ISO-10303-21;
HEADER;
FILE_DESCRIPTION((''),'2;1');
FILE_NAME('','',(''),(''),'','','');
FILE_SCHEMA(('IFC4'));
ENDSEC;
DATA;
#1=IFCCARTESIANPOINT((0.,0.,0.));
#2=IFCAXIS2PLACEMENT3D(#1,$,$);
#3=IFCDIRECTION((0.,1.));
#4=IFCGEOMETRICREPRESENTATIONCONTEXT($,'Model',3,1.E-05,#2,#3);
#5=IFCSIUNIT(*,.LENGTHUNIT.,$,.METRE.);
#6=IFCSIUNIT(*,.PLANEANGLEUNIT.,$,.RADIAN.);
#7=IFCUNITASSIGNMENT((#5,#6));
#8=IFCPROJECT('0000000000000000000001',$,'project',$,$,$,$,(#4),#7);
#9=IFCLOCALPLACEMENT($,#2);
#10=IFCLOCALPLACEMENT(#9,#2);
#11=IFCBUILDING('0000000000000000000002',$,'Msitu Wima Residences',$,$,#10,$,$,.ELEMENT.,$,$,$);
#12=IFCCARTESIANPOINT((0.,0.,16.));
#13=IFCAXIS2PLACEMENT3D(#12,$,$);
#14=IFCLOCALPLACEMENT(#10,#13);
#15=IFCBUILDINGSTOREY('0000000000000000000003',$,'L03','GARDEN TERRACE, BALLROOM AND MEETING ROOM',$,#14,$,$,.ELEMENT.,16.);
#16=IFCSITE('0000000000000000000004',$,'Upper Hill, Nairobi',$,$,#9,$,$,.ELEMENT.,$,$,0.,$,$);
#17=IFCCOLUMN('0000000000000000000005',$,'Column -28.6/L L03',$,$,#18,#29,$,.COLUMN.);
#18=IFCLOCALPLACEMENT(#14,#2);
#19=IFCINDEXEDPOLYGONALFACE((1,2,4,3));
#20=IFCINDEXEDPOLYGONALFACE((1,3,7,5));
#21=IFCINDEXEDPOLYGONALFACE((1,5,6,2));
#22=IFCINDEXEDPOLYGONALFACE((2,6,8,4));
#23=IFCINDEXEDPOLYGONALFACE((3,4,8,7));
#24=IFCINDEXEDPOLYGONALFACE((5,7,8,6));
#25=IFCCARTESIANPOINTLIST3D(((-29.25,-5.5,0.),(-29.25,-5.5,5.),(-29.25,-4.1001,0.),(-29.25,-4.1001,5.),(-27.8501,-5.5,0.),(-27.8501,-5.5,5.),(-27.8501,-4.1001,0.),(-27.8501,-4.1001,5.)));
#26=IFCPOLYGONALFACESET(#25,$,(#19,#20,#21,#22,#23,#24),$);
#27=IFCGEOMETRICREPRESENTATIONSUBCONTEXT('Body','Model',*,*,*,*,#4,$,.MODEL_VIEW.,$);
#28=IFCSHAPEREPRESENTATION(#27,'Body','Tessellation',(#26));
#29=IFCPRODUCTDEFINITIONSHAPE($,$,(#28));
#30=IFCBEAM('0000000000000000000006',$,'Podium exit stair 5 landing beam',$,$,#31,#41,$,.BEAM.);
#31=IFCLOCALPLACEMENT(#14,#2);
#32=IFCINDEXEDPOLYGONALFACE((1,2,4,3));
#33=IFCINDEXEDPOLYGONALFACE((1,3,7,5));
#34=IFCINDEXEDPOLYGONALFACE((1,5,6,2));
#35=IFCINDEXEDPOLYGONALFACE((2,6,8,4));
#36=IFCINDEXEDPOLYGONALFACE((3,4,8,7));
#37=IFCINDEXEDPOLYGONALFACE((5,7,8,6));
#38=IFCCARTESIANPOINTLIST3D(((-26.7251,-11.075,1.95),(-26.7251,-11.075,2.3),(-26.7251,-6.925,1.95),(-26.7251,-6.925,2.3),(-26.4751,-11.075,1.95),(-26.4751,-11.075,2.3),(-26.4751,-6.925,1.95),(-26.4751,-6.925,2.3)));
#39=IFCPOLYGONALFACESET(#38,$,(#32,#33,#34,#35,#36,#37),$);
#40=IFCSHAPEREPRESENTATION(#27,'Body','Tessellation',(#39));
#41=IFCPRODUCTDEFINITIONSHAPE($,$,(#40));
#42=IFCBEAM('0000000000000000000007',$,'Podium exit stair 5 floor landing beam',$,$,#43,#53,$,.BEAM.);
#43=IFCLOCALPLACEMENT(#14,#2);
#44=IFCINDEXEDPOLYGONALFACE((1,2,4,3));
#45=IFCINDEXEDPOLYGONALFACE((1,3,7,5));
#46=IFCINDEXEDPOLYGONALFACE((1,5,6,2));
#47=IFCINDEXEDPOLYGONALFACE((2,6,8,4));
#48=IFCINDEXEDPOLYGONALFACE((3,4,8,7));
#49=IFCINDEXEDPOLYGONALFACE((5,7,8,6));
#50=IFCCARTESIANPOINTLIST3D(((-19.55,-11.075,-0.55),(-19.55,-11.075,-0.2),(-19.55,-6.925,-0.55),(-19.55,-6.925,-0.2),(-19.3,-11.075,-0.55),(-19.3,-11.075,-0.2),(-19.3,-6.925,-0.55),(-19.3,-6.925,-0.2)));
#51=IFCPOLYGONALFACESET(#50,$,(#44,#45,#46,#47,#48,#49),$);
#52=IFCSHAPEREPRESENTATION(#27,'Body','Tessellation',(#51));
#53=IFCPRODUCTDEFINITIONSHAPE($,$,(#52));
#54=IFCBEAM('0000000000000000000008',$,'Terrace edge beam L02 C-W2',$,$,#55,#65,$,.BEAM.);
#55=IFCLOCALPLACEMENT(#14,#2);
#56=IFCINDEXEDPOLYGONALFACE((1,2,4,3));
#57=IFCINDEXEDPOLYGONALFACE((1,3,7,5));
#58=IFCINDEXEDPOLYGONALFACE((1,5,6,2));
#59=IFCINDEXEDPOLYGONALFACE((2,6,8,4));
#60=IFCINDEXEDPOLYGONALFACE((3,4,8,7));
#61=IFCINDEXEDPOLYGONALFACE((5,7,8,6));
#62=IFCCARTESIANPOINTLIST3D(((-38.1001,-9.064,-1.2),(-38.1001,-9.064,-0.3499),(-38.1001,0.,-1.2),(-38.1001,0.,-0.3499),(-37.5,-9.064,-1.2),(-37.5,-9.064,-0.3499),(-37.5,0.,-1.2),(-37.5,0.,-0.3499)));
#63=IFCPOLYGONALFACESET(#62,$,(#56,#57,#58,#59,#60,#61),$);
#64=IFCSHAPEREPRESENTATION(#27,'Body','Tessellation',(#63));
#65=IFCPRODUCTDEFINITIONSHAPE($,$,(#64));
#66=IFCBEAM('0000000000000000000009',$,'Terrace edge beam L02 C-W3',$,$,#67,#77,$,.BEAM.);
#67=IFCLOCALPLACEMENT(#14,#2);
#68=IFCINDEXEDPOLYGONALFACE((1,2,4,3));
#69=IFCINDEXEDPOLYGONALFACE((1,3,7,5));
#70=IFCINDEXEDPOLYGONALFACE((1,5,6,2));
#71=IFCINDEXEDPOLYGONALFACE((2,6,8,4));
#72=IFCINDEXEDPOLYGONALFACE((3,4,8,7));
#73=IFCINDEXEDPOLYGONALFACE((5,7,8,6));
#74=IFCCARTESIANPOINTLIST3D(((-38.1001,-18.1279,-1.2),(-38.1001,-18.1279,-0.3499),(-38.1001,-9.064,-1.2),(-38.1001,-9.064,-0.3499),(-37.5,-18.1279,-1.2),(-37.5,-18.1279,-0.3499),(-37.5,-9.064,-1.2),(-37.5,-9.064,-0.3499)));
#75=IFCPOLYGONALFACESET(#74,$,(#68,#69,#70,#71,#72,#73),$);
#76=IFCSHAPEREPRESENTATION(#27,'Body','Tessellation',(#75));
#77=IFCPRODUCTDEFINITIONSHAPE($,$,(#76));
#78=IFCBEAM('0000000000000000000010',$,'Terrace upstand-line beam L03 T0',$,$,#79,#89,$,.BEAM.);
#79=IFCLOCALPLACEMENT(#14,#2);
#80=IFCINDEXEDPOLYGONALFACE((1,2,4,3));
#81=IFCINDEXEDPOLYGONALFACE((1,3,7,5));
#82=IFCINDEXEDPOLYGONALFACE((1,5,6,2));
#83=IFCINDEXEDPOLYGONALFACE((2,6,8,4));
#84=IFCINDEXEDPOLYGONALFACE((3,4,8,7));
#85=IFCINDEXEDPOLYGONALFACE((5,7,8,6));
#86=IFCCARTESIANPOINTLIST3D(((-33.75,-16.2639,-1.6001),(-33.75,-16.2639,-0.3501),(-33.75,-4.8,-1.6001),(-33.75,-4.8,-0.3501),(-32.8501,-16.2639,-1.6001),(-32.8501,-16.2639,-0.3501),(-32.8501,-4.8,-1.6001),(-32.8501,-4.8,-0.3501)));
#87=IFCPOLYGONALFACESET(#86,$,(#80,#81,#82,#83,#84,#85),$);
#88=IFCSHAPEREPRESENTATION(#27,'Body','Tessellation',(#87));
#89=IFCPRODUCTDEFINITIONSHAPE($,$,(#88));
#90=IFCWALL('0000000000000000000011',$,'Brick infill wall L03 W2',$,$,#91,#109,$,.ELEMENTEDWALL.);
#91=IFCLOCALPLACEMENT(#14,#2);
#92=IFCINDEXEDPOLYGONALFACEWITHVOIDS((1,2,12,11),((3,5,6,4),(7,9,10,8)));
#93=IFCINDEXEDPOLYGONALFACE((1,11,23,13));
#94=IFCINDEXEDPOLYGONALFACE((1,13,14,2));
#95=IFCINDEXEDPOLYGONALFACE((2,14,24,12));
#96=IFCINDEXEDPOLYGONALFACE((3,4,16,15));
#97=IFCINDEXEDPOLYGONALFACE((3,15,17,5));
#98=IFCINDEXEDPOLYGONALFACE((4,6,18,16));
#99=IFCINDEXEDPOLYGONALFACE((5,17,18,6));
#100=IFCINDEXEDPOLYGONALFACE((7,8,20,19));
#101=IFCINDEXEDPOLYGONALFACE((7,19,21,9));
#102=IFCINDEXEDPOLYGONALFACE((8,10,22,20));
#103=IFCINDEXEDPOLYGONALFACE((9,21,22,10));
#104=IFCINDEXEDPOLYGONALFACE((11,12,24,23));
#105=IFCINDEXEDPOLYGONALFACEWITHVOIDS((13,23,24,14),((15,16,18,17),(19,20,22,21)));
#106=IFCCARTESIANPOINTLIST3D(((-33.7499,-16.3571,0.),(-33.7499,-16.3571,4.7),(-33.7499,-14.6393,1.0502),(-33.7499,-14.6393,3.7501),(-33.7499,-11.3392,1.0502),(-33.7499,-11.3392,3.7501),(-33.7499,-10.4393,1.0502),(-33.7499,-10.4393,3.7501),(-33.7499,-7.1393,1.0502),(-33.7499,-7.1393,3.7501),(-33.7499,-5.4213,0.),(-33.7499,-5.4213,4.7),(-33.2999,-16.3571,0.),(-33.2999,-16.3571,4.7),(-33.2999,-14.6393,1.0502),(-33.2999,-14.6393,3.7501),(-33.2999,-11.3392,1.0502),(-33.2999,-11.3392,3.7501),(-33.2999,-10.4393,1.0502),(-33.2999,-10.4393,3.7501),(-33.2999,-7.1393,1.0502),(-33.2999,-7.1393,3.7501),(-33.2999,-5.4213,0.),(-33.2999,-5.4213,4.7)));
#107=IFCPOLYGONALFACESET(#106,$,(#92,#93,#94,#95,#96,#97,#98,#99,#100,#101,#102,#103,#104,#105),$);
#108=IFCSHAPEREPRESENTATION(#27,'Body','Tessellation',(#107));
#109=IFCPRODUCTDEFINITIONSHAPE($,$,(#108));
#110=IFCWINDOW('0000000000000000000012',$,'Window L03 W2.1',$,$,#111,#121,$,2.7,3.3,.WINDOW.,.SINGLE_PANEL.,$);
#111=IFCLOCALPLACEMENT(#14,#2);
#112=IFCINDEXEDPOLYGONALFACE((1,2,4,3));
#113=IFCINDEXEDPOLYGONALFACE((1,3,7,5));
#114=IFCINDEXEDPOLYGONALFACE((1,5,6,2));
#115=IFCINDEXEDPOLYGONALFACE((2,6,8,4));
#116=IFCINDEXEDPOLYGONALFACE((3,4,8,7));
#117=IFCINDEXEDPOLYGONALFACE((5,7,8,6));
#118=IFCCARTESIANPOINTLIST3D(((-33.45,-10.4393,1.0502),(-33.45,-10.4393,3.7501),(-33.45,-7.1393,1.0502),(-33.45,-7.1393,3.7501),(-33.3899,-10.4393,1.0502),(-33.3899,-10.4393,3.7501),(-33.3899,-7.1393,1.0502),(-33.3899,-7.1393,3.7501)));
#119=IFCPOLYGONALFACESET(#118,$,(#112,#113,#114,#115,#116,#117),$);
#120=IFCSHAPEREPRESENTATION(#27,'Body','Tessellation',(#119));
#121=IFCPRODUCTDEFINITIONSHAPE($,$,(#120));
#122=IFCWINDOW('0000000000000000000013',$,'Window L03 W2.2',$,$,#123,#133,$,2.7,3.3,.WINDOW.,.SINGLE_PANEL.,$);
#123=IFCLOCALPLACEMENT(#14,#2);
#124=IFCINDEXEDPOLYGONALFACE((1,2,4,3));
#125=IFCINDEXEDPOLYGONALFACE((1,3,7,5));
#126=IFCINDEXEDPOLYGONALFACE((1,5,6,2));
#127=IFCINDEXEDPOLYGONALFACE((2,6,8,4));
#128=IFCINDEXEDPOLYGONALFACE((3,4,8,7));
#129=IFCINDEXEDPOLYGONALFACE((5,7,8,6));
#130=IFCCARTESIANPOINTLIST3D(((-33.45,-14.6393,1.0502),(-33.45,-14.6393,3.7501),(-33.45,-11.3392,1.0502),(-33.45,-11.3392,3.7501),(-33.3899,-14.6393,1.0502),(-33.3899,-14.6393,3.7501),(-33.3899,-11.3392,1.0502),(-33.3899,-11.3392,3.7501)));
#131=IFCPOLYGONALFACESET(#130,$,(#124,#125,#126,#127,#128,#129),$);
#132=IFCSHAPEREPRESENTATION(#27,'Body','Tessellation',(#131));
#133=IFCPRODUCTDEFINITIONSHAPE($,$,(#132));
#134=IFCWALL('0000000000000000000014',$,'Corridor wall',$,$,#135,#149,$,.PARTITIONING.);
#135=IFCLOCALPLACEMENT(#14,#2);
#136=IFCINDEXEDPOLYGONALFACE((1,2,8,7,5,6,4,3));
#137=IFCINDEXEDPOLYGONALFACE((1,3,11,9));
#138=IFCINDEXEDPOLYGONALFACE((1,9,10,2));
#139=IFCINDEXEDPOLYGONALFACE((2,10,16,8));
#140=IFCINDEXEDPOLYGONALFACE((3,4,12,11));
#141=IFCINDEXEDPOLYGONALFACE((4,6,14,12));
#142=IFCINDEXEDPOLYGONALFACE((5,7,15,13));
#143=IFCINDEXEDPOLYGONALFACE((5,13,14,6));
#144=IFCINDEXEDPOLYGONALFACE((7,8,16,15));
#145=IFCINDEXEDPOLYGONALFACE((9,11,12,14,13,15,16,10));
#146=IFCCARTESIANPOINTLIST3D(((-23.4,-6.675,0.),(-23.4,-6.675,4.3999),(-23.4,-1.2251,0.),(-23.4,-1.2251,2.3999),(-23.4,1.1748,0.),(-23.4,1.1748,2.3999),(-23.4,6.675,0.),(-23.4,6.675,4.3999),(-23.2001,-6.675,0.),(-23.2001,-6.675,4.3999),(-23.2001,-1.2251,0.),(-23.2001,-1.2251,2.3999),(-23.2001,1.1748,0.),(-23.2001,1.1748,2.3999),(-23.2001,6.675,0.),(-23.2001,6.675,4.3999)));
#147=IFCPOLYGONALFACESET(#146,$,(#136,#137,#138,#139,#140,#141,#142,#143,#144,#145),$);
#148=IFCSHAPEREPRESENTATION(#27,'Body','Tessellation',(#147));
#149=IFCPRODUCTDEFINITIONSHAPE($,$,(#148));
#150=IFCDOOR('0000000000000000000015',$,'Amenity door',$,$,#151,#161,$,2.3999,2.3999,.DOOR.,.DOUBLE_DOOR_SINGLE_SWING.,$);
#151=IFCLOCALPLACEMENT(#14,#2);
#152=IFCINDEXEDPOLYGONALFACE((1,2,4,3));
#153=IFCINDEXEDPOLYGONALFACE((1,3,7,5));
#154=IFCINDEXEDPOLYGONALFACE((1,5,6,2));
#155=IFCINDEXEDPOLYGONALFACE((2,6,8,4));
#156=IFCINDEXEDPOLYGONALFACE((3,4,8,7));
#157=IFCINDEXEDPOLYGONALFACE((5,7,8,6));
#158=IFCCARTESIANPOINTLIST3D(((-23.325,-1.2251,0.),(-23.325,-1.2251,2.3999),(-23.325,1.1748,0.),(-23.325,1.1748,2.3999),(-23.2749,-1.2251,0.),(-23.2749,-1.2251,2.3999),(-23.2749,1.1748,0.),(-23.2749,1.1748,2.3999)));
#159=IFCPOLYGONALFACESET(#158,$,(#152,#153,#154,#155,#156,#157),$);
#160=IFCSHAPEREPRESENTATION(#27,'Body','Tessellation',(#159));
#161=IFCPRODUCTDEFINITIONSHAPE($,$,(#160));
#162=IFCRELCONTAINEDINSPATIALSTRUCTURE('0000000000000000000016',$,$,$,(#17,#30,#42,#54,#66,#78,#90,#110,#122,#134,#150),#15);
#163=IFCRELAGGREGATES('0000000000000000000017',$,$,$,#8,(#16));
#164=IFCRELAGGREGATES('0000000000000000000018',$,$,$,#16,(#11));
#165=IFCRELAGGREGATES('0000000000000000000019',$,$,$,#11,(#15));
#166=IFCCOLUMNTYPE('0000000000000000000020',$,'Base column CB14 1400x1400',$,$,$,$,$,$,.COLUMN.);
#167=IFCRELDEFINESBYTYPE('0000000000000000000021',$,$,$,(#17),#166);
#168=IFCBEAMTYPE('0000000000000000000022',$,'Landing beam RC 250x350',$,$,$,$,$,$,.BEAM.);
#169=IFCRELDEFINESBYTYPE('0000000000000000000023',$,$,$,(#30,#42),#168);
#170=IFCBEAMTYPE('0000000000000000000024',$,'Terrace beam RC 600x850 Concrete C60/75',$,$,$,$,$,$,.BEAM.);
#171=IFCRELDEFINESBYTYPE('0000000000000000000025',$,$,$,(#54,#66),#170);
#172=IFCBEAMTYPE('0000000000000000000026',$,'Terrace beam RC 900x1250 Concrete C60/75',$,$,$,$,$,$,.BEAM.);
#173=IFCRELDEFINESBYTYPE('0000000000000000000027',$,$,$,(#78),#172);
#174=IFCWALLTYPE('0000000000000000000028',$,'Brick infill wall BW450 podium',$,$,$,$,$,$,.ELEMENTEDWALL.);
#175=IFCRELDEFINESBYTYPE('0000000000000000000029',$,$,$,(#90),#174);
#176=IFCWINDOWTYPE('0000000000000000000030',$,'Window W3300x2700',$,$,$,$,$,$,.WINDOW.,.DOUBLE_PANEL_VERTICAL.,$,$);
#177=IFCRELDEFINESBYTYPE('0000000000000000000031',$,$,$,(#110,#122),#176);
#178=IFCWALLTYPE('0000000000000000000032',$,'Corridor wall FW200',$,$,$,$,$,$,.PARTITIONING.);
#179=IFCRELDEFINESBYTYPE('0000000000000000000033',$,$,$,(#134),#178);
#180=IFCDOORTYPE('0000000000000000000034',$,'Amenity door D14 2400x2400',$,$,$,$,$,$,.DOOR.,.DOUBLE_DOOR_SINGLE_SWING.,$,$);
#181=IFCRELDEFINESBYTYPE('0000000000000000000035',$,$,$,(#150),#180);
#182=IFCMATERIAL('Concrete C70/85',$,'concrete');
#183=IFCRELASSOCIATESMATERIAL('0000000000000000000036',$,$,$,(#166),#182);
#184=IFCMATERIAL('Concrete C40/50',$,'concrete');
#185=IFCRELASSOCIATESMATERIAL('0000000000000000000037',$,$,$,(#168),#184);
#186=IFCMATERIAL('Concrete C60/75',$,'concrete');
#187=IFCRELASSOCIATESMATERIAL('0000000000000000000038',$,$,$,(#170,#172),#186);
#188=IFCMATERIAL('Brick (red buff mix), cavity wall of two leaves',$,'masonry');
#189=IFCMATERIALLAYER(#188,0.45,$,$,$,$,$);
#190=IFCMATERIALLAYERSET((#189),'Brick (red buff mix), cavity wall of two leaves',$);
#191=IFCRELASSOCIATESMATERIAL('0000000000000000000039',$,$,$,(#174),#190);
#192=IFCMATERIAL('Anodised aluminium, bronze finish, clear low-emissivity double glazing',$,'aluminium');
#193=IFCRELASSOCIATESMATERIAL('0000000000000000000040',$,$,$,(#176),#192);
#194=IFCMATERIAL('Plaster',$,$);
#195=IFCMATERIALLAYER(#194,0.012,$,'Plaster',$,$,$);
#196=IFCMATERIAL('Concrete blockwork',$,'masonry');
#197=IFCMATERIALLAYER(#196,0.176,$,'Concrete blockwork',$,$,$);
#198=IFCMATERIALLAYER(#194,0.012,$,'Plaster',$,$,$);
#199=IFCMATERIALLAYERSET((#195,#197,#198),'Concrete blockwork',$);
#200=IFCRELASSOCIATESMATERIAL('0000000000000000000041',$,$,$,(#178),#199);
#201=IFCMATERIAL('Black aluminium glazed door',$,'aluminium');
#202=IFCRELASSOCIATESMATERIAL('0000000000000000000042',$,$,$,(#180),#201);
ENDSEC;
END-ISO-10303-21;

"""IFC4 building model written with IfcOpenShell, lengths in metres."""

from ifc_helpers import new_model, si_unit, direction, frame, frame_2d, origin, origin_2d, place, context, subcontext, project, spatial, rectangle, extrude, material, layer, layer_set, material_profile, profile_set, type_object, element, fill, save


model = new_model("IFC4")

# Units and contexts
model_context = context("Model", 3, precision=1e-05, world=origin(), true_north=direction((0.0, 1.0)))
body_context = subcontext(model_context, "Body", "Model", "MODEL_VIEW")
ifc_project = project(units=[si_unit("LENGTHUNIT", "METRE"), si_unit("PLANEANGLEUNIT", "RADIAN")], contexts=[model_context])

# Site, building, storey
site_placement = place(None, origin())
site = spatial("IfcSite", under=ifc_project, at=site_placement, Name="Upper Hill, Nairobi", CompositionType="ELEMENT", RefElevation=0.0)
building_placement = place(site_placement, origin())
building = spatial("IfcBuilding", under=site, at=building_placement, Name="Msitu Wima Residences", CompositionType="ELEMENT")
storey_placement = place(building_placement, frame((0.0, 0.0, 16.0)))
storey = spatial("IfcBuildingStorey", under=building, at=storey_placement, Name="L03", Description="GARDEN TERRACE, BALLROOM AND MEETING ROOM", CompositionType="ELEMENT", Elevation=16.0)

# Column
ifc_material_1 = material(Name="Concrete C70/85", Category="concrete")
ifc_material_profile_1 = material_profile(ifc_material_1, rectangle(XDim=1.3999, YDim=1.3999, at=origin_2d()), Name="RC 1400x1400")
ifc_profile_set_1 = profile_set([ifc_material_profile_1], Name="Concrete C70/85")
column_type = type_object("IfcColumnType", Name="Base column CB14 1400x1400", PredefinedType="COLUMN", material=ifc_profile_set_1)
column_placement = place(storey_placement, frame((-28.55, -4.8, 0.0), z_axis=(0.0, 0.0, 1.0), x_axis=(0.0, -1.0, 0.0)))
element("IfcColumn", 1, at=column_placement, inside=storey, type_object=column_type, Name="Column -28.6/L L03", PredefinedType="COLUMN", context=body_context, shape_type="SweptSolid", body=[
    extrude(rectangle(XDim=1.3999, YDim=1.3999, at=origin_2d()), origin(), (0.0, 0.0, 1.0), 5.0),
])

# Beams
ifc_material_2 = material(Name="Concrete C40/50", Category="concrete")
ifc_material_profile_2 = material_profile(ifc_material_2, rectangle(XDim=0.25, YDim=0.3501, at=origin_2d()), Name="RC 250x350")
ifc_profile_set_2 = profile_set([ifc_material_profile_2], Name="Concrete C40/50")
beam_type_1 = type_object("IfcBeamType", Name="Landing beam RC 250x350", PredefinedType="BEAM", material=ifc_profile_set_2)
for number, where, z_axis, x_axis, name in (
    (2, (-26.6001, -6.925, 2.125), (0.0, -1.0, 0.0), (1.0, 0.0, 0.0), "Podium exit stair 5 landing beam"),
    (3, (-19.425, -6.925, -0.375), (0.0, -1.0, 0.0), (1.0, 0.0, 0.0), "Podium exit stair 5 floor landing beam"),
):
    element("IfcBeam", number, at=place(storey_placement, frame(where, z_axis=z_axis, x_axis=x_axis)), inside=storey, type_object=beam_type_1, Name=name, PredefinedType="BEAM", context=body_context, shape_type="SweptSolid", body=[
        extrude(rectangle(XDim=0.25, YDim=0.3501, at=origin_2d()), origin(), (0.0, 0.0, 1.0), 4.1499),
    ])
ifc_material_3 = material(Name="Concrete C60/75", Category="concrete")
ifc_material_profile_3 = material_profile(ifc_material_3, rectangle(XDim=0.6001, YDim=0.8501, at=origin_2d()), Name="RC 600x850")
ifc_profile_set_3 = profile_set([ifc_material_profile_3], Name="Concrete C60/75")
beam_type_2 = type_object("IfcBeamType", Name="Terrace beam RC 600x850 Concrete C60/75", PredefinedType="BEAM", material=ifc_profile_set_3)
for number, where, z_axis, x_axis, name in (
    (4, (-37.8, 0.0, -0.7749), (0.0, -1.0, 0.0), (1.0, 0.0, 0.0), "Terrace edge beam L02 C-W2"),
    (5, (-37.8, -9.064, -0.7749), (0.0, -1.0, 0.0), (1.0, 0.0, 0.0), "Terrace edge beam L02 C-W3"),
):
    element("IfcBeam", number, at=place(storey_placement, frame(where, z_axis=z_axis, x_axis=x_axis)), inside=storey, type_object=beam_type_2, Name=name, PredefinedType="BEAM", context=body_context, shape_type="SweptSolid", body=[
        extrude(rectangle(XDim=0.6001, YDim=0.8501, at=origin_2d()), origin(), (0.0, 0.0, 1.0), 9.064),
    ])
ifc_material_profile_4 = material_profile(ifc_material_3, rectangle(XDim=0.8999, YDim=1.25, at=origin_2d()), Name="RC 900x1250")
ifc_profile_set_4 = profile_set([ifc_material_profile_4], Name="Concrete C60/75")
beam_type_3 = type_object("IfcBeamType", Name="Terrace beam RC 900x1250 Concrete C60/75", PredefinedType="BEAM", material=ifc_profile_set_4)
beam_placement = place(storey_placement, frame((-33.3, -4.8, -0.9751), z_axis=(0.0, -1.0, 0.0), x_axis=(1.0, 0.0, 0.0)))
element("IfcBeam", 6, at=beam_placement, inside=storey, type_object=beam_type_3, Name="Terrace upstand-line beam L03 T0", PredefinedType="BEAM", context=body_context, shape_type="SweptSolid", body=[
    extrude(rectangle(XDim=0.8999, YDim=1.25, at=origin_2d()), origin(), (0.0, 0.0, 1.0), 11.4639),
])

# Wall, openings, windows
ifc_material_4 = material(Name="Brick (red buff mix), cavity wall of two leaves", Category="masonry")
ifc_layer_1 = layer(ifc_material_4, 0.45)
ifc_layer_set_1 = layer_set([ifc_layer_1], Name="Brick (red buff mix), cavity wall of two leaves")
wall_type_1 = type_object("IfcWallType", Name="Brick infill wall BW450 podium", PredefinedType="ELEMENTEDWALL", material=ifc_layer_set_1)
wall_1_placement = place(storey_placement, frame((-33.5249, -5.4214, 0.0), z_axis=(0.0, 0.0, 1.0), x_axis=(0.0, -1.0, 0.0)))
wall_1 = element("IfcWall", 7, at=wall_1_placement, inside=storey, type_object=wall_type_1, Name="Brick infill wall L03 W2", PredefinedType="ELEMENTEDWALL", context=body_context, shape_type="SweptSolid", body=[
    extrude(rectangle(XDim=10.9358, YDim=0.45, at=frame_2d((5.4678, 0.0))), origin(), (0.0, 0.0, 1.0), 4.7),
])
opening_1_placement = place(wall_1_placement, frame((1.718, 0.0, 1.05)))
opening_1 = element("IfcOpeningElement", 8, at=opening_1_placement, cuts=wall_1, PredefinedType="OPENING", context=body_context, shape_type="SweptSolid", body=[
    extrude(rectangle(XDim=3.3, YDim=2.7, at=frame_2d((1.6499, 1.3501))), frame((0.0, 0.2349, 0.0), z_axis=(0.0, -1.0, 0.0), x_axis=(1.0, 0.0, 0.0)), (0.0, 0.0, 1.0), 0.47),
])
opening_2_placement = place(wall_1_placement, frame((5.918, 0.0, 1.05)))
opening_2 = element("IfcOpeningElement", 9, at=opening_2_placement, cuts=wall_1, PredefinedType="OPENING", context=body_context, shape_type="SweptSolid", body=[
    extrude(rectangle(XDim=3.3, YDim=2.7, at=frame_2d((1.6499, 1.3501))), frame((0.0, 0.2349, 0.0), z_axis=(0.0, -1.0, 0.0), x_axis=(1.0, 0.0, 0.0)), (0.0, 0.0, 1.0), 0.47),
])
ifc_material_5 = material(Name="Anodised aluminium, bronze finish, clear low-emissivity double glazing", Category="aluminium")
window_type = type_object("IfcWindowType", Name="Window W3300x2700", PartitioningType="DOUBLE_PANEL_VERTICAL", PredefinedType="WINDOW", material=ifc_material_5)
window_1_placement = place(opening_1_placement, origin())
window_1 = element("IfcWindow", 10, at=window_1_placement, inside=storey, type_object=window_type, Name="Window L03 W2.1", OverallHeight=2.7, OverallWidth=3.3, PartitioningType="SINGLE_PANEL", PredefinedType="WINDOW", context=body_context, shape_type="SweptSolid", body=[
    extrude(rectangle(XDim=3.3, YDim=2.7, at=frame_2d((1.6499, 1.3501))), frame((0.0, 0.135, 0.0), z_axis=(0.0, -1.0, 0.0), x_axis=(1.0, 0.0, 0.0)), (0.0, 0.0, 1.0), 0.0601),
])
fill(opening_1, window_1)
window_2_placement = place(opening_2_placement, origin())
window_2 = element("IfcWindow", 11, at=window_2_placement, inside=storey, type_object=window_type, Name="Window L03 W2.2", OverallHeight=2.7, OverallWidth=3.3, PartitioningType="SINGLE_PANEL", PredefinedType="WINDOW", context=body_context, shape_type="SweptSolid", body=[
    extrude(rectangle(XDim=3.3, YDim=2.7, at=frame_2d((1.6499, 1.3501))), frame((0.0, 0.135, 0.0), z_axis=(0.0, -1.0, 0.0), x_axis=(1.0, 0.0, 0.0)), (0.0, 0.0, 1.0), 0.0601),
])
fill(opening_2, window_2)

# Wall, opening, door
ifc_material_6 = material(Name="Plaster")
ifc_layer_2 = layer(ifc_material_6, 0.012, Name="Plaster")
ifc_material_7 = material(Name="Concrete blockwork", Category="masonry")
ifc_layer_3 = layer(ifc_material_7, 0.176, Name="Concrete blockwork")
ifc_layer_4 = layer(ifc_material_6, 0.012, Name="Plaster")
ifc_layer_set_2 = layer_set([ifc_layer_2, ifc_layer_3, ifc_layer_4], Name="Concrete blockwork")
wall_type_2 = type_object("IfcWallType", Name="Corridor wall FW200", PredefinedType="PARTITIONING", material=ifc_layer_set_2)
wall_2_placement = place(storey_placement, frame((-23.3, -6.675, 0.0), z_axis=(0.0, 0.0, 1.0), x_axis=(0.0, 1.0, 0.0)))
wall_2 = element("IfcWall", 12, at=wall_2_placement, inside=storey, type_object=wall_type_2, Name="Corridor wall", PredefinedType="PARTITIONING", context=body_context, shape_type="SweptSolid", body=[
    extrude(rectangle(XDim=13.3501, YDim=0.2, at=frame_2d((6.675, 0.0))), origin(), (0.0, 0.0, 1.0), 4.3999),
])
opening_3_placement = place(wall_2_placement, frame((5.45, 0.0, 0.0)))
opening_3 = element("IfcOpeningElement", 13, at=opening_3_placement, cuts=wall_2, PredefinedType="OPENING", context=body_context, shape_type="SweptSolid", body=[
    extrude(rectangle(XDim=2.3999, YDim=2.3999, at=frame_2d((1.2, 1.2))), frame((0.0, 0.1099, 0.0), z_axis=(0.0, -1.0, 0.0), x_axis=(1.0, 0.0, 0.0)), (0.0, 0.0, 1.0), 0.22),
])
ifc_material_8 = material(Name="Black aluminium glazed door", Category="aluminium")
door_type_1 = type_object("IfcDoorType", Name="Amenity door D14 2400x2400", OperationType="DOUBLE_DOOR_SINGLE_SWING", PredefinedType="DOOR", material=ifc_material_8)
door_1_placement = place(opening_3_placement, origin())
door_1 = element("IfcDoor", 14, at=door_1_placement, inside=storey, type_object=door_type_1, Name="Amenity door", OperationType="DOUBLE_DOOR_SINGLE_SWING", OverallHeight=2.3999, OverallWidth=2.3999, PredefinedType="DOOR", context=body_context, shape_type="SweptSolid", body=[
    extrude(rectangle(XDim=2.3999, YDim=2.3999, at=frame_2d((1.2, 1.2))), frame((0.0, 0.0249, 0.0), z_axis=(0.0, -1.0, 0.0), x_axis=(1.0, 0.0, 0.0)), (0.0, 0.0, 1.0), 0.05),
])
fill(opening_3, door_1)

save(model, "model.ifc")
